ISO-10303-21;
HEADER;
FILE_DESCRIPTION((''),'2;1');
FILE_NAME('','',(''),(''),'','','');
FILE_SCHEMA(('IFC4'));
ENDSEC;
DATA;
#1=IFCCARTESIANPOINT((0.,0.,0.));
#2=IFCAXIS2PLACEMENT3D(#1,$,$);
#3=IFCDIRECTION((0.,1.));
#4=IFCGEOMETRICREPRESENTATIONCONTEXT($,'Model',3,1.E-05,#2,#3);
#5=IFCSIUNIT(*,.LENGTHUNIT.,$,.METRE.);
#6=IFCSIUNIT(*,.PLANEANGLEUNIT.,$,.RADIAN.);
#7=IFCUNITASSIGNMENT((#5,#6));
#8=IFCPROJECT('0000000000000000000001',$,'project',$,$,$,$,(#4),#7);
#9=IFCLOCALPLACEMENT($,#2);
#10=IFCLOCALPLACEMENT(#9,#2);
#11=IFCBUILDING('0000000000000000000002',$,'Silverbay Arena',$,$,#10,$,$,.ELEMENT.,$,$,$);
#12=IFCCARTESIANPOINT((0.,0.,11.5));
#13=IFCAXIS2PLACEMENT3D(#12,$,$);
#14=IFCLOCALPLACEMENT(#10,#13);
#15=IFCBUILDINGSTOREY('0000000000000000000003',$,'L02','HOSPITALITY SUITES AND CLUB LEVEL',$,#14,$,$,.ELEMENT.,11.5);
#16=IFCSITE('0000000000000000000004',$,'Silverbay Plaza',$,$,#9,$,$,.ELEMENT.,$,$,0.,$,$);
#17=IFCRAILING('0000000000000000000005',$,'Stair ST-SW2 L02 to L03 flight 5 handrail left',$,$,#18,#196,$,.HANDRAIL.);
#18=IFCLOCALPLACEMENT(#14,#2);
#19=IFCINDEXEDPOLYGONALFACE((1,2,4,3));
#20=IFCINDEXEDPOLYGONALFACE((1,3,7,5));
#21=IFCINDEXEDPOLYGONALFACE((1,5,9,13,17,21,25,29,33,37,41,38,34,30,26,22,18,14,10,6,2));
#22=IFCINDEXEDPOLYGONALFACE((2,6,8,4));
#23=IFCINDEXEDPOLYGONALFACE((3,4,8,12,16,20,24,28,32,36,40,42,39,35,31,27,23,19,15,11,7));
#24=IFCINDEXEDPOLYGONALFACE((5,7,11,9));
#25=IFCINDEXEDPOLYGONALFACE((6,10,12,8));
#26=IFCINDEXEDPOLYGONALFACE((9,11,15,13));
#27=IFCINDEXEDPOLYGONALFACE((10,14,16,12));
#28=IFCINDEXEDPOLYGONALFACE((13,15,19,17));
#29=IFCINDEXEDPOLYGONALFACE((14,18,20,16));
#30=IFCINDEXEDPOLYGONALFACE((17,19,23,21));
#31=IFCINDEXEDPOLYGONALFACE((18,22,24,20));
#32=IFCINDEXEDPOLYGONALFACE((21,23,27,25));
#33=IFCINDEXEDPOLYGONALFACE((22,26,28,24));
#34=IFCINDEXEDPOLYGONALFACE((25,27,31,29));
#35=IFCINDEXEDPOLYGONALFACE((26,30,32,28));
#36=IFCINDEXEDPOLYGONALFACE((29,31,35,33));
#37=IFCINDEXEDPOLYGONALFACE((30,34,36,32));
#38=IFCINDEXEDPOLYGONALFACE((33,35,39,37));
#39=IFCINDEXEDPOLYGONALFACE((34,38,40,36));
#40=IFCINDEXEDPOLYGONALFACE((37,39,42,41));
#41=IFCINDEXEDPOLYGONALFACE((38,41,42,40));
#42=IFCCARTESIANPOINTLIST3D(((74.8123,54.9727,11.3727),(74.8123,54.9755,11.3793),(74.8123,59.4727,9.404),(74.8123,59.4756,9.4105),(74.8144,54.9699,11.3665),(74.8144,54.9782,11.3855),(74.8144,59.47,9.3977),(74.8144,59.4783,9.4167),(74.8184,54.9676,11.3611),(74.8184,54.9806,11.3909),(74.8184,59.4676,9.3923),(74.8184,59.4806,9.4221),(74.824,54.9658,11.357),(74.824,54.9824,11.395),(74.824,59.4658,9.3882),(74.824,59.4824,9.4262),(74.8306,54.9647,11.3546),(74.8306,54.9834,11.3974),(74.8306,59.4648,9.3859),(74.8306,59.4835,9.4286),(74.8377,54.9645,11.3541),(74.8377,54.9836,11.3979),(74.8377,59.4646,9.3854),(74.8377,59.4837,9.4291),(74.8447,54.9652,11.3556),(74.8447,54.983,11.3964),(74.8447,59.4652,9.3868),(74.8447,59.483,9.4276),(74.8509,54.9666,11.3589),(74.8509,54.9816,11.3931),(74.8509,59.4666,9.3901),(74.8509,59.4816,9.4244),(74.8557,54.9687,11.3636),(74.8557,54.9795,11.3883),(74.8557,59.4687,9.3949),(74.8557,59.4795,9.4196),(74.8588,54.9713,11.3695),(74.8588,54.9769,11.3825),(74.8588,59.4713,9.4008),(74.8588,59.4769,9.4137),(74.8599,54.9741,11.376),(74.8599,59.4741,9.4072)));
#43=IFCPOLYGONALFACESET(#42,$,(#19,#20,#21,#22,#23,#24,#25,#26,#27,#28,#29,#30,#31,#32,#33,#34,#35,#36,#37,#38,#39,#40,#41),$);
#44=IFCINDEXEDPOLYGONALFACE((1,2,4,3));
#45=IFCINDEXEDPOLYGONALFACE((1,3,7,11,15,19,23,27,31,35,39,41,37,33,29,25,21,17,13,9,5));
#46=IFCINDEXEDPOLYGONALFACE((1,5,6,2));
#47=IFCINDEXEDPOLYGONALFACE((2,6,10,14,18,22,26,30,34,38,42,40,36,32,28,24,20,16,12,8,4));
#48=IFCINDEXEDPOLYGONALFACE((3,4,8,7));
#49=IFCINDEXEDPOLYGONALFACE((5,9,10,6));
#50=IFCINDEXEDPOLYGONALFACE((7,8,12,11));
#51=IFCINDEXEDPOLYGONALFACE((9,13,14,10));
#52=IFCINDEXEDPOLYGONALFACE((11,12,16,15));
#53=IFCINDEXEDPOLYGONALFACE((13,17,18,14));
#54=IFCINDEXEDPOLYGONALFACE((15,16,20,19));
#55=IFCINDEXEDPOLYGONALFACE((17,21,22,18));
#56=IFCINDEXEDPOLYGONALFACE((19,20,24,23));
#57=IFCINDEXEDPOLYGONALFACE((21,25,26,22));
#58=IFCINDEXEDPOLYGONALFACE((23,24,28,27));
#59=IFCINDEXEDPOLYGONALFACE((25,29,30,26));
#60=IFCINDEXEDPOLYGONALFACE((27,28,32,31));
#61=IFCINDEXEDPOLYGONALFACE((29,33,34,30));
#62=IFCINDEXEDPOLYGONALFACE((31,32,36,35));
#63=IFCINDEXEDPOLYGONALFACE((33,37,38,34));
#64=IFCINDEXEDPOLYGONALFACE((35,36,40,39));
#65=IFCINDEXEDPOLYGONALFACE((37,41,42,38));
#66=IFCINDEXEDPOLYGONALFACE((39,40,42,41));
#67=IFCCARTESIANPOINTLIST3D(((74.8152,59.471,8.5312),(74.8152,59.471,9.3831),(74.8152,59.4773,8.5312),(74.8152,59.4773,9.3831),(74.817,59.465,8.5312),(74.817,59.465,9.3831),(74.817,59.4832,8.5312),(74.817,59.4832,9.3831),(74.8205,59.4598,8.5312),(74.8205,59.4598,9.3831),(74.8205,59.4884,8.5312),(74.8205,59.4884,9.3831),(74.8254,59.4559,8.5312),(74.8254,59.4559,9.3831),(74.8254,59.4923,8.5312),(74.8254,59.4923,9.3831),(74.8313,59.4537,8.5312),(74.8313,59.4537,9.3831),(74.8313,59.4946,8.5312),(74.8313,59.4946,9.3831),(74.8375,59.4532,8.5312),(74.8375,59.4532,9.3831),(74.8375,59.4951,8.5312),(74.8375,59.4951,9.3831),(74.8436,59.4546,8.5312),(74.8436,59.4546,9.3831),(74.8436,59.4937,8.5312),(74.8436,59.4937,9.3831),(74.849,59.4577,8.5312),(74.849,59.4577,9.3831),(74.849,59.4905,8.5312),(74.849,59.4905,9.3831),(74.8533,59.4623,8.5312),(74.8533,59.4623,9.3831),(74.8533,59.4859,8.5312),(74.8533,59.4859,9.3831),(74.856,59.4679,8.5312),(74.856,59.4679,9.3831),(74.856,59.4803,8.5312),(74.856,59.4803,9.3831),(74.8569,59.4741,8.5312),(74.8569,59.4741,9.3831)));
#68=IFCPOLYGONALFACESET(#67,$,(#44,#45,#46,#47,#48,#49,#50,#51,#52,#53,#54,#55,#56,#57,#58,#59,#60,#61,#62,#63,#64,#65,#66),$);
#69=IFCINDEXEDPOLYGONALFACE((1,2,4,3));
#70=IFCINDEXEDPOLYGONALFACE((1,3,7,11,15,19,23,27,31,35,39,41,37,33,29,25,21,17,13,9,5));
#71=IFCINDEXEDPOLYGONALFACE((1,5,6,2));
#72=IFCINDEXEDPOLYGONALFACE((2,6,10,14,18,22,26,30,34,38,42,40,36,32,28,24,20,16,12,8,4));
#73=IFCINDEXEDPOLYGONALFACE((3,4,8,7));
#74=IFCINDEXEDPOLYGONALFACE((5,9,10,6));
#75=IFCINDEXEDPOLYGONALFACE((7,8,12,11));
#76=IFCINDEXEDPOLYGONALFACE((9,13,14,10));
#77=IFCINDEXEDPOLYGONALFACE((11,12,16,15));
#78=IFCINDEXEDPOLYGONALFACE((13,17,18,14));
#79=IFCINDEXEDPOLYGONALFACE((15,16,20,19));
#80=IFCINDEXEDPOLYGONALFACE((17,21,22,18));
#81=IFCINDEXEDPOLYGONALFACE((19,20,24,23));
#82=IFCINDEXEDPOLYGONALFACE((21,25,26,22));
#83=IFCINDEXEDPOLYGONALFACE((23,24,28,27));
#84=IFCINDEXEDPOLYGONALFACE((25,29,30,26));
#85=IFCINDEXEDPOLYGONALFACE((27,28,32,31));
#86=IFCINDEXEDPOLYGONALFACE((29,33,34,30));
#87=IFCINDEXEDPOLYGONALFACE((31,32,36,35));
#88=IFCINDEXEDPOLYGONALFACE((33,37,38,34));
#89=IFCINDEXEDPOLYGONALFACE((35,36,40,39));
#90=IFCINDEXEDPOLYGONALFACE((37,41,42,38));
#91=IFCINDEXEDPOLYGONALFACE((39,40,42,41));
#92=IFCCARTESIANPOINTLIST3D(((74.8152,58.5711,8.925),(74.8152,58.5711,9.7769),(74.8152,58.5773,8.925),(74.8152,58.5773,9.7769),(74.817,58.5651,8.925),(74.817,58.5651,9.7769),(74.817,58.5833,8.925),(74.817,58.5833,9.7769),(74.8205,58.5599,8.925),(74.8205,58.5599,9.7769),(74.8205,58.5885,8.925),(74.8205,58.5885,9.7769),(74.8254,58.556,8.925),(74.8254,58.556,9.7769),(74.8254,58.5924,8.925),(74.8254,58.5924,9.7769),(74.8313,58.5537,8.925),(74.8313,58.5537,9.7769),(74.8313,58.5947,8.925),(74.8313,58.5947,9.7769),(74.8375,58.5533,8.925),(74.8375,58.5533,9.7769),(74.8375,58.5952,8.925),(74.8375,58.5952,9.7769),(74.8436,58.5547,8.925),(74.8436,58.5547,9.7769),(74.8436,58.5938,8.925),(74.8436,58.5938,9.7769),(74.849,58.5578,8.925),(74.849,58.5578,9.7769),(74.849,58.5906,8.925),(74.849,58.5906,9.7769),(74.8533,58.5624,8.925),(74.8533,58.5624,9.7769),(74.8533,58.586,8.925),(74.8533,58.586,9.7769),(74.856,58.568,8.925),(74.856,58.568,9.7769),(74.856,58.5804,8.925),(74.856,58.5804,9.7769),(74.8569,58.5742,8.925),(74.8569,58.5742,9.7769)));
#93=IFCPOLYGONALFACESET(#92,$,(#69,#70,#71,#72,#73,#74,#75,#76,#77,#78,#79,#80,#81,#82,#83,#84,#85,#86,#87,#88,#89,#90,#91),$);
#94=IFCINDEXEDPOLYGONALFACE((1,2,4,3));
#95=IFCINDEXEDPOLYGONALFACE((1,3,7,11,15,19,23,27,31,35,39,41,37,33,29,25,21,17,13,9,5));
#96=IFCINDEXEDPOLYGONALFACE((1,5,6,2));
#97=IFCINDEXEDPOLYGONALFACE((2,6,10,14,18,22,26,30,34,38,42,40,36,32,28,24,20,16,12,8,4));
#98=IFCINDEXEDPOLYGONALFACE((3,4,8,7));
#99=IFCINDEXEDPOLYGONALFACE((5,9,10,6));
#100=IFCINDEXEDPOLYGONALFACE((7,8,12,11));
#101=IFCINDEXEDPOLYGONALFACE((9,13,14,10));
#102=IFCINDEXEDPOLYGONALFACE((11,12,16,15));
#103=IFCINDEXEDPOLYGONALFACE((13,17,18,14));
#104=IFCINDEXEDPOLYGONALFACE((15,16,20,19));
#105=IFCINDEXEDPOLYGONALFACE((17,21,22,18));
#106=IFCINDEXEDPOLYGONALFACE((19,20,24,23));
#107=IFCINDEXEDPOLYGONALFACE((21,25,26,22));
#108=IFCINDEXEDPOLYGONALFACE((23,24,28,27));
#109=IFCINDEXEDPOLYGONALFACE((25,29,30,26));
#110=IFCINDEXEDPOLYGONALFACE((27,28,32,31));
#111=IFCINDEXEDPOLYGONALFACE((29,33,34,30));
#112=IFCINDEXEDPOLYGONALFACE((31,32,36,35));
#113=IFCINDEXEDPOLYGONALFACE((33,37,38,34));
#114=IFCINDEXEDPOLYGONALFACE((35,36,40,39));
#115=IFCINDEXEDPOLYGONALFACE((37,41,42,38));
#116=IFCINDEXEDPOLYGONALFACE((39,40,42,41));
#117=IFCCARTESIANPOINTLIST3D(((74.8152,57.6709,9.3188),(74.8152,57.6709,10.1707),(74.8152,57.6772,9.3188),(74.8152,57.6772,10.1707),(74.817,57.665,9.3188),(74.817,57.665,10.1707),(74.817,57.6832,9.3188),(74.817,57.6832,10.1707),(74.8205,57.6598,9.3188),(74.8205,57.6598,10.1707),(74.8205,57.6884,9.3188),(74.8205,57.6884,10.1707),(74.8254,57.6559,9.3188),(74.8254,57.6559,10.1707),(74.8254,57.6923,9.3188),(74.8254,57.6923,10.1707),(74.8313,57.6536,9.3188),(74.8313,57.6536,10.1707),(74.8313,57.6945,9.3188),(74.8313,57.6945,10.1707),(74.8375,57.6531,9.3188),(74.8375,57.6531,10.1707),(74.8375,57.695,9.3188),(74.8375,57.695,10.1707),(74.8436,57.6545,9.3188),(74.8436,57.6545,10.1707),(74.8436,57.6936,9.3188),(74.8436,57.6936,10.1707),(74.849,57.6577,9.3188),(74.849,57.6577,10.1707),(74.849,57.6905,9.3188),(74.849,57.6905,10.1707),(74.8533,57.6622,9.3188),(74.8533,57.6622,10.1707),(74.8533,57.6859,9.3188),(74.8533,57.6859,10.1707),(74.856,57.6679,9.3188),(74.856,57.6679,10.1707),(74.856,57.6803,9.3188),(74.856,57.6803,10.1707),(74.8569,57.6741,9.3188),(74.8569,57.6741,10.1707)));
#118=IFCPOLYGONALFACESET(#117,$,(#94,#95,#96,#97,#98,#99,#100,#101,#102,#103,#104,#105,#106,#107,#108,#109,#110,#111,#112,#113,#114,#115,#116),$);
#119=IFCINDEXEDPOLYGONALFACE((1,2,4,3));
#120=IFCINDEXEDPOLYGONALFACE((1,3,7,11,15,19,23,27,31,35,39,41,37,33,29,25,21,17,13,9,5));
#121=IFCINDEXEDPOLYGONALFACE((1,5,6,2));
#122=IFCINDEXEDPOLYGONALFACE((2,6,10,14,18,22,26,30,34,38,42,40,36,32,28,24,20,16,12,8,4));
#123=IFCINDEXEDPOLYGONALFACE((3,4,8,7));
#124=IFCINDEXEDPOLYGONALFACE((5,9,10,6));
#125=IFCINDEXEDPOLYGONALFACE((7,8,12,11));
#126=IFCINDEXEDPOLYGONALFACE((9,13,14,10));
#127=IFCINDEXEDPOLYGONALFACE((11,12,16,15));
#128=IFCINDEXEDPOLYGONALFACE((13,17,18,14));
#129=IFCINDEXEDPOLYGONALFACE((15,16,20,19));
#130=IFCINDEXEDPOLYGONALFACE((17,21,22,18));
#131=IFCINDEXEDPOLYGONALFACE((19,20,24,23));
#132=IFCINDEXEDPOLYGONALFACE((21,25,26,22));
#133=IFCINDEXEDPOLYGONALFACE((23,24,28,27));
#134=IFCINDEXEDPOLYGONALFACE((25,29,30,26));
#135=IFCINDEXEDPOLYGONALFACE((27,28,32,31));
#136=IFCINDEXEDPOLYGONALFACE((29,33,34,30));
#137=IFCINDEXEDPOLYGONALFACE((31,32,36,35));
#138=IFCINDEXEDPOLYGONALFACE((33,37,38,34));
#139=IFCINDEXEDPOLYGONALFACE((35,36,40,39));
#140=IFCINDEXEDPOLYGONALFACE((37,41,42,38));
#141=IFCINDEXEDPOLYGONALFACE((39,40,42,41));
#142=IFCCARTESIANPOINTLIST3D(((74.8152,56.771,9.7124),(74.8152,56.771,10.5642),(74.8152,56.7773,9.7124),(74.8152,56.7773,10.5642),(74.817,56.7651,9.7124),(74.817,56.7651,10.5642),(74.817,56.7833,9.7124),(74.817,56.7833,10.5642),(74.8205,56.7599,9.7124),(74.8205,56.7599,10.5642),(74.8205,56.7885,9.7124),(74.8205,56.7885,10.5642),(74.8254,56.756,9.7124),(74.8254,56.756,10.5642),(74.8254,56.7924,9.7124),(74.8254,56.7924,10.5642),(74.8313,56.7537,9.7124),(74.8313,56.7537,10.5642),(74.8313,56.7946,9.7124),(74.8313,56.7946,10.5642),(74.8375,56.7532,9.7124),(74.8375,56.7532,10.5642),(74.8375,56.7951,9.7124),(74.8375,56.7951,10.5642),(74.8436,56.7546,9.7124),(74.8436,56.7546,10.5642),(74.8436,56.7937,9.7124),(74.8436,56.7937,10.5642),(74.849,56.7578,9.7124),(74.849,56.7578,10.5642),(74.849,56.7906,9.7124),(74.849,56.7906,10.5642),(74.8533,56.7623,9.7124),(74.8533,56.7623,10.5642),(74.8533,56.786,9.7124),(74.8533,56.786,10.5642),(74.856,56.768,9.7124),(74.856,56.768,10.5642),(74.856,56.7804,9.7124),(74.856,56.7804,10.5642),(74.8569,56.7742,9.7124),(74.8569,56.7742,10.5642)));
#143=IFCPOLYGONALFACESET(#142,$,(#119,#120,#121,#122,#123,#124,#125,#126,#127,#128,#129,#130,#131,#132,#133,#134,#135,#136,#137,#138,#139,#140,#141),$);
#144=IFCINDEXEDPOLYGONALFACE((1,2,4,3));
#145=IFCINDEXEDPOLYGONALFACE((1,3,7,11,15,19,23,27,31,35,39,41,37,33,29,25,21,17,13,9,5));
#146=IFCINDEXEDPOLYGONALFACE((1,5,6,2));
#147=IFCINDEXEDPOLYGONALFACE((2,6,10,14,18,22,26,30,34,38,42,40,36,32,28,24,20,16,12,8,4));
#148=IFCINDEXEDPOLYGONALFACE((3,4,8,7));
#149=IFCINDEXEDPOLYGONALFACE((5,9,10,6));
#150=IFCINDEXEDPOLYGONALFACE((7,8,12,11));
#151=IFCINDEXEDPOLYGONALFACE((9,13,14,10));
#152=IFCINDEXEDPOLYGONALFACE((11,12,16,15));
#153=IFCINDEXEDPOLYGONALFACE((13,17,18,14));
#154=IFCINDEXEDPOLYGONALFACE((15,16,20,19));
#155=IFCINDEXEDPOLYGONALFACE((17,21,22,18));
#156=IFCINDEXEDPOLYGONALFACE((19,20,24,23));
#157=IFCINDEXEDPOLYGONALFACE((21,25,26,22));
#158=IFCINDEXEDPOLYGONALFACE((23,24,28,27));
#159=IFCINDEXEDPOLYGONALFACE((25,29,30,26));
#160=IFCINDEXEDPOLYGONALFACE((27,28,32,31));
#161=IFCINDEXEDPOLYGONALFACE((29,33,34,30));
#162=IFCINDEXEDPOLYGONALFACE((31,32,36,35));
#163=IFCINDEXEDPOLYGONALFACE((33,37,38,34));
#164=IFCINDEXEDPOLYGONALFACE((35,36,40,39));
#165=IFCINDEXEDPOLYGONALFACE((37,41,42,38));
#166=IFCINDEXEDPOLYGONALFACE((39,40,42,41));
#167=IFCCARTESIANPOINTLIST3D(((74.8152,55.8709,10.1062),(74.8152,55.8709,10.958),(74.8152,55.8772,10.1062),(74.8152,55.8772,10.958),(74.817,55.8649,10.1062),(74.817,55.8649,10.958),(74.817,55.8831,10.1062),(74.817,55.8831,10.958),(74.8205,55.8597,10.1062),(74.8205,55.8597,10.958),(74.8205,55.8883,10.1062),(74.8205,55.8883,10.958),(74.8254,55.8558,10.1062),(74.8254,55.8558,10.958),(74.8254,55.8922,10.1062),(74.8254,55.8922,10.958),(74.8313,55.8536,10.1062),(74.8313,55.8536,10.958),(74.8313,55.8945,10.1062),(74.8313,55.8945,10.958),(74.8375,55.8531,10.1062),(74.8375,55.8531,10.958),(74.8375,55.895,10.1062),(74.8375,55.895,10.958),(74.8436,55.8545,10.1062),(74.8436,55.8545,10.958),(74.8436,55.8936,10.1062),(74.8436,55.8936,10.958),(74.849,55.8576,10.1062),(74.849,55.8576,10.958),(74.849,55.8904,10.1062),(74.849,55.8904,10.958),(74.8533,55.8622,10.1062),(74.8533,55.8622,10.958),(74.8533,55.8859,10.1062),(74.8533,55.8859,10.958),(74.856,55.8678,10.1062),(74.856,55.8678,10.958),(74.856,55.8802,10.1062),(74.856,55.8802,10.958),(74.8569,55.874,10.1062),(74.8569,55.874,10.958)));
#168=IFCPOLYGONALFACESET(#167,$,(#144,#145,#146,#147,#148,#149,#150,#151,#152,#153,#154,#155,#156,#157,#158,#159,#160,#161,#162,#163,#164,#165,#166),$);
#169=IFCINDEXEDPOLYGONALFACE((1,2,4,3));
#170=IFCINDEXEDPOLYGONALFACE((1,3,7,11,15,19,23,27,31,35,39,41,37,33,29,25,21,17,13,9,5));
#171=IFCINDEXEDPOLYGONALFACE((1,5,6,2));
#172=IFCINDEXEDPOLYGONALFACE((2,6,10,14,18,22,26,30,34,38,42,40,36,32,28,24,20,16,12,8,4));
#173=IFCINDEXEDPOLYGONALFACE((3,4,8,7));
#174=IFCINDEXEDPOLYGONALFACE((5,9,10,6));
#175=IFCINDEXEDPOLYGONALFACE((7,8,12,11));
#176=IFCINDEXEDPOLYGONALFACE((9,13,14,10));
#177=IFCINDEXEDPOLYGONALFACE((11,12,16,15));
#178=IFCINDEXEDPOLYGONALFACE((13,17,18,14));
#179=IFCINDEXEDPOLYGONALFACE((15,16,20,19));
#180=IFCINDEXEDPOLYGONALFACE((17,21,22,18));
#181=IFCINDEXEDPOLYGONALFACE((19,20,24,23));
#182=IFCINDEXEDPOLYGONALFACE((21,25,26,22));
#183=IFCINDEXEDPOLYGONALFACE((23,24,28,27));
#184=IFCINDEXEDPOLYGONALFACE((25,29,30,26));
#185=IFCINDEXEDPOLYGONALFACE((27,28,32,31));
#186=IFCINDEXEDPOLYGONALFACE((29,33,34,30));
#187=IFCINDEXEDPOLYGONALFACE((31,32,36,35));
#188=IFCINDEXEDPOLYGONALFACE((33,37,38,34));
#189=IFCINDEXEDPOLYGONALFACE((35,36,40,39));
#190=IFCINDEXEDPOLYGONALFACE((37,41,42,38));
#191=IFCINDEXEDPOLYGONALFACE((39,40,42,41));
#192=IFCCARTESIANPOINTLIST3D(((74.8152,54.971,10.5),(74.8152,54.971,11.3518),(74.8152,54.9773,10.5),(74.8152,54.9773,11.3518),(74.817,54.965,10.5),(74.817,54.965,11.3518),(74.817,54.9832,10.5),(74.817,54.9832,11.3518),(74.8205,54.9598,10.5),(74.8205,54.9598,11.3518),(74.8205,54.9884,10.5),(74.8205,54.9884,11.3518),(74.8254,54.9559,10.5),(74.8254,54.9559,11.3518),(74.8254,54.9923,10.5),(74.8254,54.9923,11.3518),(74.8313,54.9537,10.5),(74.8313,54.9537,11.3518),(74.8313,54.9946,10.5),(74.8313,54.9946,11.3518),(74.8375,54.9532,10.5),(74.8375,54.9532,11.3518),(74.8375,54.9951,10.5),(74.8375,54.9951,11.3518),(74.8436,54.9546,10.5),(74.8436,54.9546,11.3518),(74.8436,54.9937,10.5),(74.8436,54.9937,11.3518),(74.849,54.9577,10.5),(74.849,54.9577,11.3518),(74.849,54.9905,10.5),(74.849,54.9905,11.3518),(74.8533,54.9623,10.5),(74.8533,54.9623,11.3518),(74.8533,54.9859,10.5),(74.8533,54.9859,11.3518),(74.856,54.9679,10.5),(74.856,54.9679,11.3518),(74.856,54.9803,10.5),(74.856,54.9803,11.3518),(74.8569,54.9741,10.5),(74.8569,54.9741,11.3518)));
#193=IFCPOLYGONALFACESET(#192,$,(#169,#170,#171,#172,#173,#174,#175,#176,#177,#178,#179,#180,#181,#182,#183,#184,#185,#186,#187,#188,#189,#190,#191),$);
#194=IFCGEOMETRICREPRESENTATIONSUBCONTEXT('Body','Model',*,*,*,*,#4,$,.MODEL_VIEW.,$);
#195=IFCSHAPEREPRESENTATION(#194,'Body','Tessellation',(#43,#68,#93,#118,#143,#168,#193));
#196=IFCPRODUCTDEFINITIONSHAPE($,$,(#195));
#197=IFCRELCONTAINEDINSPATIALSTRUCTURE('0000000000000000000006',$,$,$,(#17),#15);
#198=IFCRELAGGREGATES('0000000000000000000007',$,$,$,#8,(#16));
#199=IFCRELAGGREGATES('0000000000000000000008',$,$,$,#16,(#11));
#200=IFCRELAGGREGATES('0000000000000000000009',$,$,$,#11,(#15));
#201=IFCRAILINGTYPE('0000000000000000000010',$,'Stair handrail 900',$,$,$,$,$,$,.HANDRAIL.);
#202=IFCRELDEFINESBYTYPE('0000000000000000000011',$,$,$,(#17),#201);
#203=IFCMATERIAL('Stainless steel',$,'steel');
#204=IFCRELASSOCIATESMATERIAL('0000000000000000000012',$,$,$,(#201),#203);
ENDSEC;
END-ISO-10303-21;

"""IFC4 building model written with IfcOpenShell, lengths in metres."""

from ifc_helpers import new_model, si_unit, direction, frame, origin, origin_2d, place, context, subcontext, project, spatial, circle, extrude, material, type_object, element, save


model = new_model("IFC4")

# Units and contexts
model_context = context("Model", 3, precision=1e-05, world=origin(), true_north=direction((0.0, 1.0)))
body_context = subcontext(model_context, "Body", "Model", "MODEL_VIEW")
ifc_project = project(units=[si_unit("LENGTHUNIT", "METRE"), si_unit("PLANEANGLEUNIT", "RADIAN")], contexts=[model_context])

# Site, building, storey
site_placement = place(None, origin())
site = spatial("IfcSite", under=ifc_project, at=site_placement, Name="Silverbay Plaza", CompositionType="ELEMENT", RefElevation=0.0)
building_placement = place(site_placement, origin())
building = spatial("IfcBuilding", under=site, at=building_placement, Name="Silverbay Arena", CompositionType="ELEMENT")
storey_placement = place(building_placement, frame((0.0, 0.0, 11.5)))
storey = spatial("IfcBuildingStorey", under=building, at=storey_placement, Name="L02", Description="HOSPITALITY SUITES AND CLUB LEVEL", CompositionType="ELEMENT", Elevation=11.5)

# Railing
ifc_material_1 = material(Name="Stainless steel", Category="steel")
railing_type_1 = type_object("IfcRailingType", Name="Stair handrail 900", PredefinedType="HANDRAIL", material=ifc_material_1)
for number, where, name in (
    (1, (74.8359, 59.4741, 8.5312), "Stair ST-SW2 L02 to L03 flight 5 handrail left"),
):
    element("IfcRailing", number, at=place(storey_placement, frame(where)), inside=storey, type_object=railing_type_1, Name=name, PredefinedType="HANDRAIL", context=body_context, shape_type="SweptSolid", body=[
        extrude(circle(Radius=0.0239, at=origin_2d()), frame((0.0, 0.0, 0.876), z_axis=(0.0, -0.916157, 0.400819), x_axis=(1.0, 0.0, 0.0)), (0.0, 0.0, 1.0), 4.9119),
        extrude(circle(Radius=0.021, at=origin_2d()), origin(), (0.0, 0.0, 1.0), 0.8518),
        extrude(circle(Radius=0.021, at=origin_2d()), frame((0.0, -0.8999, 0.3938)), (0.0, 0.0, 1.0), 0.8518),
        extrude(circle(Radius=0.021, at=origin_2d()), frame((0.0, -1.8, 0.7876)), (0.0, 0.0, 1.0), 0.8518),
        extrude(circle(Radius=0.021, at=origin_2d()), frame((0.0, -2.7, 1.1812)), (0.0, 0.0, 1.0), 0.8518),
        extrude(circle(Radius=0.021, at=origin_2d()), frame((0.0, -3.6001, 1.575)), (0.0, 0.0, 1.0), 0.8518),
        extrude(circle(Radius=0.021, at=origin_2d()), frame((0.0, -4.5, 1.9688)), (0.0, 0.0, 1.0), 0.8518),
    ])

save(model, "model.ifc")
